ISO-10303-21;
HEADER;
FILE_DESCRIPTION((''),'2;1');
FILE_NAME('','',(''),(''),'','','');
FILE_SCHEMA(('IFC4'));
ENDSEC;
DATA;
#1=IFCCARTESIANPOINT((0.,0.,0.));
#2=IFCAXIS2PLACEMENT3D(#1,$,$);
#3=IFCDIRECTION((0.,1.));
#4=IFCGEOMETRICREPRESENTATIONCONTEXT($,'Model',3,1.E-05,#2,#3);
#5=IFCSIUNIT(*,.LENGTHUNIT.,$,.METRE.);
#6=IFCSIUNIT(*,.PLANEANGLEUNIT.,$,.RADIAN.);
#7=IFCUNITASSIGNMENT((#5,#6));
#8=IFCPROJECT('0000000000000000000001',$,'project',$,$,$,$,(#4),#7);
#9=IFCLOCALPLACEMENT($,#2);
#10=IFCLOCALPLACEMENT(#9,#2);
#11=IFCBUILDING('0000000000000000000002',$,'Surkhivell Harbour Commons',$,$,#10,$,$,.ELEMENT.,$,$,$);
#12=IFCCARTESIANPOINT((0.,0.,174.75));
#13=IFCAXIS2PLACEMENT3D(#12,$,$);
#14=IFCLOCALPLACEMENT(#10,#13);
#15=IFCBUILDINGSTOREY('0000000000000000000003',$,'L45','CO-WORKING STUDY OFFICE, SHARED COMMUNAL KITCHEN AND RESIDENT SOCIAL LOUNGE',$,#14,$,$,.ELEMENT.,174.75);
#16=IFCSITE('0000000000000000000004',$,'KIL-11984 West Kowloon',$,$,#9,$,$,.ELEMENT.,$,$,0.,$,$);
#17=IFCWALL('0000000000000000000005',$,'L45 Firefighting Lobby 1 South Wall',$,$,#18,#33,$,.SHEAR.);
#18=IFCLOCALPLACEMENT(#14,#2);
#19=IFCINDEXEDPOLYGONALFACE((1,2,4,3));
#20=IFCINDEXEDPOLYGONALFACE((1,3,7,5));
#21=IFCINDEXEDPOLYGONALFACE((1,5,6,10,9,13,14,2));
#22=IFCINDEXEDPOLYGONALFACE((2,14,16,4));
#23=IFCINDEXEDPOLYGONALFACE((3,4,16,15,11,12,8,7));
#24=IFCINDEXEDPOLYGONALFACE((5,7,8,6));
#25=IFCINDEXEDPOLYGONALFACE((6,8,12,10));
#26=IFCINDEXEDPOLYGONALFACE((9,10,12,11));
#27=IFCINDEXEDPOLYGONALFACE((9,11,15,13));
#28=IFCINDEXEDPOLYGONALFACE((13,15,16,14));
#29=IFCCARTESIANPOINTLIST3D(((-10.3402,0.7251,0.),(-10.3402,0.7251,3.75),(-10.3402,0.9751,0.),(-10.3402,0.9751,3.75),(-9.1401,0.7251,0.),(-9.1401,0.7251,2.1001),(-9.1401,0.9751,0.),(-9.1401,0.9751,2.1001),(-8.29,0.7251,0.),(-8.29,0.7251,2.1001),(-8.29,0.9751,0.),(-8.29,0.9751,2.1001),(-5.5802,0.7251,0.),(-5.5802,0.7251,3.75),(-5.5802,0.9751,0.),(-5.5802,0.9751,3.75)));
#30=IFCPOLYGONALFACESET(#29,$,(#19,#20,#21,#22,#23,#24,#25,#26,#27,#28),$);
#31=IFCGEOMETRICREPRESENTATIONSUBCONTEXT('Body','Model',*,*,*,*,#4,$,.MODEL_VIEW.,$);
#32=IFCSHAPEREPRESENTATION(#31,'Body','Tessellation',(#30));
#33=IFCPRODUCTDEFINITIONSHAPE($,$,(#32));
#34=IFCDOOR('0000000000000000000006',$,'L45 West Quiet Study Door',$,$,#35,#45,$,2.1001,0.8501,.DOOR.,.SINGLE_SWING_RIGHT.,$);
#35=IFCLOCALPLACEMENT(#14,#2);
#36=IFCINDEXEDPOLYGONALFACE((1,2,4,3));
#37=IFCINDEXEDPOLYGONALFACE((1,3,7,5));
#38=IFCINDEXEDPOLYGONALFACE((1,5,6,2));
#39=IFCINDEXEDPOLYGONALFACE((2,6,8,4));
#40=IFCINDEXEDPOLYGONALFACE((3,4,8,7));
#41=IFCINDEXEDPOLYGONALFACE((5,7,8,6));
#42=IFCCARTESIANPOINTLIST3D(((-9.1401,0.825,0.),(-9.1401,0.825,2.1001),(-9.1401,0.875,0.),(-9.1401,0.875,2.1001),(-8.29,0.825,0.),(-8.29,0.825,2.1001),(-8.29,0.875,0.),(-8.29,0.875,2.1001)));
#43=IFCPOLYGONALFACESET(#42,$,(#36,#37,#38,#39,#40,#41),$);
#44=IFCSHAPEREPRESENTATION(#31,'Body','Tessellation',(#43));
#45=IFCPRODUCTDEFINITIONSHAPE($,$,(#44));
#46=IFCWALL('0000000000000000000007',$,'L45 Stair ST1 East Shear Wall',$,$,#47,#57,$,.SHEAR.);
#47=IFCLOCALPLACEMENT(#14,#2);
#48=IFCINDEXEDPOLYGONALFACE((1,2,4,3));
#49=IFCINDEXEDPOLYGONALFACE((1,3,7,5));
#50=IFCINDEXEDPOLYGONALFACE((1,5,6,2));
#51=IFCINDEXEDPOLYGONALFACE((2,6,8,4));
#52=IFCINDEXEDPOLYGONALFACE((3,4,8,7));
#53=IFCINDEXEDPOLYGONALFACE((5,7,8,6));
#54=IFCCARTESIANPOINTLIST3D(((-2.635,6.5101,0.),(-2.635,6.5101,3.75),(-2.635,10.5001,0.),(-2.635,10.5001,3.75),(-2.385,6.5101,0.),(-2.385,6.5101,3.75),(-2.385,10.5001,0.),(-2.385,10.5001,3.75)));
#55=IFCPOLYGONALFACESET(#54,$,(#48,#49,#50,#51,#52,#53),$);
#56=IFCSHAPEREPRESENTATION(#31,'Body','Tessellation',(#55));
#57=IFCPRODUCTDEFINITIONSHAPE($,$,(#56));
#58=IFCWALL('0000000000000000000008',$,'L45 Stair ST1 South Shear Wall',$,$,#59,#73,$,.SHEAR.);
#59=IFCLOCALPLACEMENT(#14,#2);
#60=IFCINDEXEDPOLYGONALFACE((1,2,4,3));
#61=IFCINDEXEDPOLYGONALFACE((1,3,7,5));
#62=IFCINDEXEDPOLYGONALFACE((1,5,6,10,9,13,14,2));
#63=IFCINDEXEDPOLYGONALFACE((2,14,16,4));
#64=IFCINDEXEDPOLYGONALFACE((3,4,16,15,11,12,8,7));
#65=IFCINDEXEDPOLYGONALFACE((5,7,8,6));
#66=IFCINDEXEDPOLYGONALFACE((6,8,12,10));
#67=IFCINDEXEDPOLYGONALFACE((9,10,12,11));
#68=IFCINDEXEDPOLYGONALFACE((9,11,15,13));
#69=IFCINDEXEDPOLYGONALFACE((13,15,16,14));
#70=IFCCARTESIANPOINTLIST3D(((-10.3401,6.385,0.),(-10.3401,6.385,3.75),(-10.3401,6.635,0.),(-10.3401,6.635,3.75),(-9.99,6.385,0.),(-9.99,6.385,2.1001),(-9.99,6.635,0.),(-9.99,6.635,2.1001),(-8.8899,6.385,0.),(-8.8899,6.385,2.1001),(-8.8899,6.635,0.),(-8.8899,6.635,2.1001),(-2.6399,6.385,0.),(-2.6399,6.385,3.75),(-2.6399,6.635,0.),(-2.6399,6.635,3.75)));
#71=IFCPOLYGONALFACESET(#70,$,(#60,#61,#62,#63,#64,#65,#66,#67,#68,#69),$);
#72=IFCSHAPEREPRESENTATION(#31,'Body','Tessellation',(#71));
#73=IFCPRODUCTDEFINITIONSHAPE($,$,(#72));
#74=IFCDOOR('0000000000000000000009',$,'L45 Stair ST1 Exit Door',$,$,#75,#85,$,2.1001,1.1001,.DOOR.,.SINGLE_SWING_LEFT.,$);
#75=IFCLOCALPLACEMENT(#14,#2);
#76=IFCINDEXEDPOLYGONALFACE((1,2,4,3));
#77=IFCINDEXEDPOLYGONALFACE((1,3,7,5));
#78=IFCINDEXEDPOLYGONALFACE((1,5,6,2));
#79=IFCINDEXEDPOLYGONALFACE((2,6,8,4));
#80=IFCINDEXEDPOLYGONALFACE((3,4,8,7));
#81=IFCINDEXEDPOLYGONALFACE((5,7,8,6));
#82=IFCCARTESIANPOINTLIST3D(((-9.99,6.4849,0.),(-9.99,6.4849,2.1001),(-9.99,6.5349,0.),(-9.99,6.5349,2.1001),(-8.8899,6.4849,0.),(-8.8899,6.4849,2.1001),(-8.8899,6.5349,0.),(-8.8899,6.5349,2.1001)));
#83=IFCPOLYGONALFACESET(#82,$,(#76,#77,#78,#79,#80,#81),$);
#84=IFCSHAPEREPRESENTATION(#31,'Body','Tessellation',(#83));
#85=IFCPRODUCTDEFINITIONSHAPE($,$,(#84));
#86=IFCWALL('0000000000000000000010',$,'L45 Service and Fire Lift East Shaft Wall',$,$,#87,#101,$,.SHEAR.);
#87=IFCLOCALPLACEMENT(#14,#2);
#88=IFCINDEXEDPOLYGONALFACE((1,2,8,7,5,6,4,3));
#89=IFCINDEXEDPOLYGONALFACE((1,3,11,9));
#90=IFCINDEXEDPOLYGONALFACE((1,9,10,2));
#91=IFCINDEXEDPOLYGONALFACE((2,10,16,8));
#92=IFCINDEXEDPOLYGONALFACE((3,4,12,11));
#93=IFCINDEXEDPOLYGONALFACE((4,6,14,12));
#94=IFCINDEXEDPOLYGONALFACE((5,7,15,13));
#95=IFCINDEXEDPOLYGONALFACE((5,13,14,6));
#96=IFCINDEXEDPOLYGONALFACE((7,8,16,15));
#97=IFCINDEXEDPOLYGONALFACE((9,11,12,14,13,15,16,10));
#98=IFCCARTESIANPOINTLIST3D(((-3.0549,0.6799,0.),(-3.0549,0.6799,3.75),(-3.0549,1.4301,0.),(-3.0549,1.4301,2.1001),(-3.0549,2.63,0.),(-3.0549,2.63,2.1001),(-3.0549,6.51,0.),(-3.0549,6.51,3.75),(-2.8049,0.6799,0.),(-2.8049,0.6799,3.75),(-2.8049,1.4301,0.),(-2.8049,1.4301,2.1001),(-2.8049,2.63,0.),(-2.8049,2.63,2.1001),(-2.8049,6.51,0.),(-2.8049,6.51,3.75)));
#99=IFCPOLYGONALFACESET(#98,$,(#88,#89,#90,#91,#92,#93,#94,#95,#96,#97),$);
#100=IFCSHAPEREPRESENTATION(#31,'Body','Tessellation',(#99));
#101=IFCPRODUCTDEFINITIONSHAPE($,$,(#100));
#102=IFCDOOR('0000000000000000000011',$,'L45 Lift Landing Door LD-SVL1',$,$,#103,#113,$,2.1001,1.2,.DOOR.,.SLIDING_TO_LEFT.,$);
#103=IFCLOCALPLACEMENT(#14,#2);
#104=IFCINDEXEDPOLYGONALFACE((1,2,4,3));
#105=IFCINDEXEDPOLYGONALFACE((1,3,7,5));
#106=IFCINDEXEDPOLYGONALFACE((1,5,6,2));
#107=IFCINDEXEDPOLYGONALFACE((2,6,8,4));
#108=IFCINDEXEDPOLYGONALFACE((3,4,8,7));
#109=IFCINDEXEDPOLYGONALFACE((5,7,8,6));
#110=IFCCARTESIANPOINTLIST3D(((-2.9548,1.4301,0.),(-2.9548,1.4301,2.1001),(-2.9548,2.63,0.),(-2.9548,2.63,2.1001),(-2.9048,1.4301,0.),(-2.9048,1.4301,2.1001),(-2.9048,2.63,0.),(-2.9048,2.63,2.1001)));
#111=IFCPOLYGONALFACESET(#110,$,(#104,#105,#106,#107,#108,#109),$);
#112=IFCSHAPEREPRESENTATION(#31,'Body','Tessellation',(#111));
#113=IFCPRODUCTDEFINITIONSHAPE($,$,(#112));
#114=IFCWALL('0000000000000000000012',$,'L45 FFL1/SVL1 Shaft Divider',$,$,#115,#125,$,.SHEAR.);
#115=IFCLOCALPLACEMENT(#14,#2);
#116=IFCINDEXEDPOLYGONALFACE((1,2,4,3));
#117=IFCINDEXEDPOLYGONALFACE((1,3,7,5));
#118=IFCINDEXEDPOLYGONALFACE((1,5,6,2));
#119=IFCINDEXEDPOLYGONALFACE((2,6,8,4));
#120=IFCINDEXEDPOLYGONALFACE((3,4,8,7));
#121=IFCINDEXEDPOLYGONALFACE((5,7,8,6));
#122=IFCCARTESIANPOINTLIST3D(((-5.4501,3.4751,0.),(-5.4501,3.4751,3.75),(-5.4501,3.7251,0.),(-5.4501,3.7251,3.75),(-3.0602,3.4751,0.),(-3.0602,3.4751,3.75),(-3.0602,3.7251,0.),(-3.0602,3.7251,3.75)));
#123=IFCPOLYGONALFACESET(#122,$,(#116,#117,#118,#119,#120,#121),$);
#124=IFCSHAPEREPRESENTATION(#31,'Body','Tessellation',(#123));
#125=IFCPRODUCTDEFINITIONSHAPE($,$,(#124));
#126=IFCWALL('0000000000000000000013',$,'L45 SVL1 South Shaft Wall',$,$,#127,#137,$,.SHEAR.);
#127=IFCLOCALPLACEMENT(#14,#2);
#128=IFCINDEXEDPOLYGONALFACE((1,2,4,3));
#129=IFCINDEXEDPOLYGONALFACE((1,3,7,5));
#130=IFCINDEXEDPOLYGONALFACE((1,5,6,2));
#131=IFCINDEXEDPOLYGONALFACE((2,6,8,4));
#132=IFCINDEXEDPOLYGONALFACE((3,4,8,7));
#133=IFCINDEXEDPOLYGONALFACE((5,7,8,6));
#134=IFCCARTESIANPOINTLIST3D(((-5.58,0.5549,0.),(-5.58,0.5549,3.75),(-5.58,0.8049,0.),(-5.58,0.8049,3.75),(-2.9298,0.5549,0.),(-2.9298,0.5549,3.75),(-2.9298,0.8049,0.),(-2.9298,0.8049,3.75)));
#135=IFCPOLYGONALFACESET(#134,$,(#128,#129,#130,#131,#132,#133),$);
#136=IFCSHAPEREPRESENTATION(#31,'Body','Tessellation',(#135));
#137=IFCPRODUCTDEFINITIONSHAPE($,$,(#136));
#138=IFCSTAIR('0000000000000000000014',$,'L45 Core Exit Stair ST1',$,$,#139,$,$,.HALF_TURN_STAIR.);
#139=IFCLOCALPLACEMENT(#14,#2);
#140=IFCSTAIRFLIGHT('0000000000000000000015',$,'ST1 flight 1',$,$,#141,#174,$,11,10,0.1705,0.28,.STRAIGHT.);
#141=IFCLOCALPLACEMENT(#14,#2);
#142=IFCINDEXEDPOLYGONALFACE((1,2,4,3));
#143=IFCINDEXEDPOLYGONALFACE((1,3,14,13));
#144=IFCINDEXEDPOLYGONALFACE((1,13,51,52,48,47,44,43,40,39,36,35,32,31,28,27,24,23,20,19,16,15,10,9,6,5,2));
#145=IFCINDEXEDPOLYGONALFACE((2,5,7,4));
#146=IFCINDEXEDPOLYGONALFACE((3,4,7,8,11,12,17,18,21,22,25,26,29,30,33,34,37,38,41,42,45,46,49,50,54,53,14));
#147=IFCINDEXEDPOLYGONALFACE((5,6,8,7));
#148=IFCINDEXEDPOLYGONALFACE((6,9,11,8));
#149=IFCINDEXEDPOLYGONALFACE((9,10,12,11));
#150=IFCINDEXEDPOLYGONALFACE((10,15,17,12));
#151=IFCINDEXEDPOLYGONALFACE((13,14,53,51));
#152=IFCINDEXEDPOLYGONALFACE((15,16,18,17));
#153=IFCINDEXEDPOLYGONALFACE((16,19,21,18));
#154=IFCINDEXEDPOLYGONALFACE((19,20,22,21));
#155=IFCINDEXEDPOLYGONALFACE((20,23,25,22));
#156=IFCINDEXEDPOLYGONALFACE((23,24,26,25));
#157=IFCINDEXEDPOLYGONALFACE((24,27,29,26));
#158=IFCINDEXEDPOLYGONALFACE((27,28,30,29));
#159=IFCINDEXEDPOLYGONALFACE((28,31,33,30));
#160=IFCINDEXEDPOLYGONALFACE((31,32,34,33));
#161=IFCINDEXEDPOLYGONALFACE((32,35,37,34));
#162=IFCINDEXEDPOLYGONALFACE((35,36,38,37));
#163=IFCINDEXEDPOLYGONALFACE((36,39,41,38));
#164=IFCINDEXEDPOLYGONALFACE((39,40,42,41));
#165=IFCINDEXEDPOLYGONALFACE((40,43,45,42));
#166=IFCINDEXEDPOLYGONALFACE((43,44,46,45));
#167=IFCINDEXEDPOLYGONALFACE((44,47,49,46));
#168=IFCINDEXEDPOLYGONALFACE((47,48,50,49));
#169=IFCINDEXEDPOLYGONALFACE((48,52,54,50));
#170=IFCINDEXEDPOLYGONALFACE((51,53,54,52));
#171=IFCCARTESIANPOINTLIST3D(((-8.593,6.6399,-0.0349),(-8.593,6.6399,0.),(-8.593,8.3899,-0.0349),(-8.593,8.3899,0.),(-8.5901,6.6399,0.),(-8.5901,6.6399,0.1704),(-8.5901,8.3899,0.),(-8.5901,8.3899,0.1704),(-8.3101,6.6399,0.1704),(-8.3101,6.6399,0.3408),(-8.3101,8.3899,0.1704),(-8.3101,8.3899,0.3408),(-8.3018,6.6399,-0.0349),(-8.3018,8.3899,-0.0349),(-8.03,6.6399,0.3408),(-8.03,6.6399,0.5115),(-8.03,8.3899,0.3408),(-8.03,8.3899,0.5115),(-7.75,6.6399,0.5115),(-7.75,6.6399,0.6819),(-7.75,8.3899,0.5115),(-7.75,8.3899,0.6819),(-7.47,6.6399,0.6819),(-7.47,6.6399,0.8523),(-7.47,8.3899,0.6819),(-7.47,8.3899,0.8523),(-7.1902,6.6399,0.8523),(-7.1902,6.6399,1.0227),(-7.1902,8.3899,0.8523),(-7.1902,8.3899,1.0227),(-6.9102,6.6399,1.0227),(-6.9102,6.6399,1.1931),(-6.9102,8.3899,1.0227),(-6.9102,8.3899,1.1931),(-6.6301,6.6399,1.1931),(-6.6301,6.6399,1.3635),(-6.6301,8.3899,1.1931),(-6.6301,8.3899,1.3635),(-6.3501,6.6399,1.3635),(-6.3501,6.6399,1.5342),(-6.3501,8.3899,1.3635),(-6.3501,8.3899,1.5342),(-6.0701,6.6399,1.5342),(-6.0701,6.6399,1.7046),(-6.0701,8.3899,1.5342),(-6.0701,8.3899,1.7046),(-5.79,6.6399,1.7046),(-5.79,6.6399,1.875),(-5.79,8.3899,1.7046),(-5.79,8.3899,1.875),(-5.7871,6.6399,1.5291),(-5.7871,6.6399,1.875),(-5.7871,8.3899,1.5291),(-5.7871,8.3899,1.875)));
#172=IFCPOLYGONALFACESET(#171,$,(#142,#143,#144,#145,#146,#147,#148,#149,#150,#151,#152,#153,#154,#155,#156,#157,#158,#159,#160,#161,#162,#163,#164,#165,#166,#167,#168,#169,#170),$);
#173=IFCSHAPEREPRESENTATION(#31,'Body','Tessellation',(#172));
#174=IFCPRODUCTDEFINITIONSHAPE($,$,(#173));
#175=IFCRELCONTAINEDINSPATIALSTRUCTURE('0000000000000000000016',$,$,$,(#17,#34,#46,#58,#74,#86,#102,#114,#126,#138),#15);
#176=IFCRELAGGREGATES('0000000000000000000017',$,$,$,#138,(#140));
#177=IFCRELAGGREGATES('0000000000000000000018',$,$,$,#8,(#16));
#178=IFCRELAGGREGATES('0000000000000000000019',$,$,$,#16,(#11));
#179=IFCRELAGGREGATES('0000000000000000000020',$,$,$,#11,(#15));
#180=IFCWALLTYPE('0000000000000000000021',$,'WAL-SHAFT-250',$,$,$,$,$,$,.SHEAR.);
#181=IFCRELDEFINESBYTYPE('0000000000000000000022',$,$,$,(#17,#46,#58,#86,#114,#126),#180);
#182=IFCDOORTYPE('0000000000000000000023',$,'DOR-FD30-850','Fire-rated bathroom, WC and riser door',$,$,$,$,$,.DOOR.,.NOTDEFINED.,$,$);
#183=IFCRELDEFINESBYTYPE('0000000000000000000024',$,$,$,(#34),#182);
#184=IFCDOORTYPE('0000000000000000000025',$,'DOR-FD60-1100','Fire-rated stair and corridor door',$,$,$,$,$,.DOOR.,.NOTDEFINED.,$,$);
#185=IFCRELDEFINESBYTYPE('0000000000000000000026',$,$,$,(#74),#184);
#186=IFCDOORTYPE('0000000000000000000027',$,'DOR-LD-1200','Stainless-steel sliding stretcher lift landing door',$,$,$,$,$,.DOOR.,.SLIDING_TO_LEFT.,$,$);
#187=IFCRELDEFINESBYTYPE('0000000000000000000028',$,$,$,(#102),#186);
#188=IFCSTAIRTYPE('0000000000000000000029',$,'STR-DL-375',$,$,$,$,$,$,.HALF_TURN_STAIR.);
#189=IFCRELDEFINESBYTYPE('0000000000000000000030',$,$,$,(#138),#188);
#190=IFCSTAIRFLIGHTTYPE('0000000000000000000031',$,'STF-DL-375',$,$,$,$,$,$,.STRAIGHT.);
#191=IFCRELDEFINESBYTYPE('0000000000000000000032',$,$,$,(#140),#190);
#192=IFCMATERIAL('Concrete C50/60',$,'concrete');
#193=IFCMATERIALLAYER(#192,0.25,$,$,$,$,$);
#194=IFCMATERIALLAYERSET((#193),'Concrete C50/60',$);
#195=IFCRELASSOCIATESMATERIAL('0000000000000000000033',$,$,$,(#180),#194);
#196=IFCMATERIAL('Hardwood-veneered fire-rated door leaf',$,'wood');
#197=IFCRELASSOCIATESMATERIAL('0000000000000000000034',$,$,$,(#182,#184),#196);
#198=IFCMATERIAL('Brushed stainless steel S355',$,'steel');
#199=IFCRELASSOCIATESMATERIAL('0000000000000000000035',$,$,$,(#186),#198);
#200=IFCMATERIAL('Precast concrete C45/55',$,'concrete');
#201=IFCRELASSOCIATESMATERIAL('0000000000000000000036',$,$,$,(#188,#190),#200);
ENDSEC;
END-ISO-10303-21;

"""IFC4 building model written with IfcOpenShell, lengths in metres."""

from ifc_helpers import new_model, si_unit, direction, frame, frame_2d, origin, place, context, subcontext, project, spatial, polyline, rectangle, outline, extrude, material, layer, layer_set, type_object, element, fill, aggregate, save


model = new_model("IFC4")

# Units and contexts
model_context = context("Model", 3, precision=1e-05, world=origin(), true_north=direction((0.0, 1.0)))
body_context = subcontext(model_context, "Body", "Model", "MODEL_VIEW")
ifc_project = project(units=[si_unit("LENGTHUNIT", "METRE"), si_unit("PLANEANGLEUNIT", "RADIAN")], contexts=[model_context])

# Site, building, storey
site_placement = place(None, origin())
site = spatial("IfcSite", under=ifc_project, at=site_placement, Name="KIL-11984 West Kowloon", CompositionType="ELEMENT", RefElevation=0.0)
building_placement = place(site_placement, origin())
building = spatial("IfcBuilding", under=site, at=building_placement, Name="Surkhivell Harbour Commons", CompositionType="ELEMENT")
storey_placement = place(building_placement, frame((0.0, 0.0, 174.75)))
storey = spatial("IfcBuildingStorey", under=building, at=storey_placement, Name="L45", Description="CO-WORKING STUDY OFFICE, SHARED COMMUNAL KITCHEN AND RESIDENT SOCIAL LOUNGE", CompositionType="ELEMENT", Elevation=174.75)

# Shared definitions
ifc_material_1 = material(Name="Hardwood-veneered fire-rated door leaf", Category="wood")

# Wall, opening, door
ifc_material_2 = material(Name="Concrete C50/60", Category="concrete")
ifc_layer_1 = layer(ifc_material_2, 0.25)
ifc_layer_set_1 = layer_set([ifc_layer_1], Name="Concrete C50/60")
wall_type_1 = type_object("IfcWallType", Name="WAL-SHAFT-250", PredefinedType="SHEAR", material=ifc_layer_set_1)
ifc_material_3 = material(Name="Brushed stainless steel S355", Category="steel")
wall_1_placement = place(storey_placement, frame((-10.3401, 0.8501, 0.0), z_axis=(0.0, 0.0, 1.0), x_axis=(1.0, 0.0, 0.0)))
wall_1 = element("IfcWall", 1, at=wall_1_placement, inside=storey, type_object=wall_type_1, Name="L45 Firefighting Lobby 1 South Wall", PredefinedType="SHEAR", context=body_context, shape_type="SweptSolid", body=[
    extrude(rectangle(XDim=4.76, YDim=0.25, at=frame_2d((2.3799, 0.0))), origin(), (0.0, 0.0, 1.0), 3.75),
])
opening_1_placement = place(wall_1_placement, frame((1.2, 0.0, 0.0)))
opening_1 = element("IfcOpeningElement", 2, at=opening_1_placement, cuts=wall_1, PredefinedType="OPENING", context=body_context, shape_type="SweptSolid", body=[
    extrude(rectangle(XDim=0.8501, YDim=2.1001, at=frame_2d((0.425, 1.05))), frame((0.0, 0.135, 0.0), z_axis=(0.0, -1.0, 0.0), x_axis=(1.0, 0.0, 0.0)), (0.0, 0.0, 1.0), 0.27),
])
door_type_1 = type_object("IfcDoorType", Name="DOR-FD30-850", Description="Fire-rated bathroom, WC and riser door", OperationType="NOTDEFINED", PredefinedType="DOOR", material=ifc_material_1)
door_1_placement = place(opening_1_placement, origin())
door_1 = element("IfcDoor", 3, at=door_1_placement, inside=storey, type_object=door_type_1, Name="L45 West Quiet Study Door", OperationType="SINGLE_SWING_RIGHT", OverallHeight=2.1001, OverallWidth=0.8501, PredefinedType="DOOR", context=body_context, shape_type="SweptSolid", body=[
    extrude(rectangle(XDim=0.8501, YDim=2.1001, at=frame_2d((0.425, 1.05))), frame((0.0, 0.0249, 0.0), z_axis=(0.0, -1.0, 0.0), x_axis=(1.0, 0.0, 0.0)), (0.0, 0.0, 1.0), 0.05),
])
fill(opening_1, door_1)

# Wall
wall_2_placement = place(storey_placement, frame((-2.51, 6.51, 0.0), z_axis=(0.0, 0.0, 1.0), x_axis=(0.0, 1.0, 0.0)))
element("IfcWall", 4, at=wall_2_placement, inside=storey, type_object=wall_type_1, Name="L45 Stair ST1 East Shear Wall", PredefinedType="SHEAR", context=body_context, shape_type="SweptSolid", body=[
    extrude(rectangle(XDim=3.99, YDim=0.25, at=frame_2d((1.9951, 0.0))), origin(), (0.0, 0.0, 1.0), 3.75),
])

# Walls, openings, doors
wall_3_placement = place(storey_placement, frame((-10.3401, 6.51, 0.0), z_axis=(0.0, 0.0, 1.0), x_axis=(1.0, 0.0, 0.0)))
wall_3 = element("IfcWall", 5, at=wall_3_placement, inside=storey, type_object=wall_type_1, Name="L45 Stair ST1 South Shear Wall", PredefinedType="SHEAR", context=body_context, shape_type="SweptSolid", body=[
    extrude(rectangle(XDim=7.7002, YDim=0.25, at=frame_2d((3.8501, 0.0))), origin(), (0.0, 0.0, 1.0), 3.75),
])
opening_2_placement = place(wall_3_placement, frame((0.3501, 0.0, 0.0)))
opening_2 = element("IfcOpeningElement", 6, at=opening_2_placement, cuts=wall_3, PredefinedType="OPENING", context=body_context, shape_type="SweptSolid", body=[
    extrude(rectangle(XDim=1.1001, YDim=2.1001, at=frame_2d((0.55, 1.05))), frame((0.0, 0.135, 0.0), z_axis=(0.0, -1.0, 0.0), x_axis=(1.0, 0.0, 0.0)), (0.0, 0.0, 1.0), 0.27),
])
door_type_2 = type_object("IfcDoorType", Name="DOR-FD60-1100", Description="Fire-rated stair and corridor door", OperationType="NOTDEFINED", PredefinedType="DOOR", material=ifc_material_1)
door_2_placement = place(opening_2_placement, origin())
door_2 = element("IfcDoor", 7, at=door_2_placement, inside=storey, type_object=door_type_2, Name="L45 Stair ST1 Exit Door", OperationType="SINGLE_SWING_LEFT", OverallHeight=2.1001, OverallWidth=1.1001, PredefinedType="DOOR", context=body_context, shape_type="SweptSolid", body=[
    extrude(rectangle(XDim=1.1001, YDim=2.1001, at=frame_2d((0.55, 1.05))), frame((0.0, 0.0249, 0.0), z_axis=(0.0, -1.0, 0.0), x_axis=(1.0, 0.0, 0.0)), (0.0, 0.0, 1.0), 0.05),
])
fill(opening_2, door_2)
wall_4_placement = place(storey_placement, frame((-2.9299, 0.6799, 0.0), z_axis=(0.0, 0.0, 1.0), x_axis=(0.0, 1.0, 0.0)))
wall_4 = element("IfcWall", 8, at=wall_4_placement, inside=storey, type_object=wall_type_1, Name="L45 Service and Fire Lift East Shaft Wall", PredefinedType="SHEAR", context=body_context, shape_type="SweptSolid", body=[
    extrude(rectangle(XDim=5.8301, YDim=0.25, at=frame_2d((2.915, 0.0))), origin(), (0.0, 0.0, 1.0), 3.75),
])
opening_3_placement = place(wall_4_placement, frame((0.75, 0.0, 0.0)))
opening_3 = element("IfcOpeningElement", 9, at=opening_3_placement, cuts=wall_4, PredefinedType="OPENING", context=body_context, shape_type="SweptSolid", body=[
    extrude(rectangle(XDim=1.2, YDim=2.1001, at=frame_2d((0.6001, 1.05))), frame((0.0, 0.135, 0.0), z_axis=(0.0, -1.0, 0.0), x_axis=(1.0, 0.0, 0.0)), (0.0, 0.0, 1.0), 0.27),
])
door_type_3 = type_object("IfcDoorType", Name="DOR-LD-1200", Description="Stainless-steel sliding stretcher lift landing door", OperationType="SLIDING_TO_LEFT", PredefinedType="DOOR", material=ifc_material_3)
door_3_placement = place(opening_3_placement, origin())
door_3 = element("IfcDoor", 10, at=door_3_placement, inside=storey, type_object=door_type_3, Name="L45 Lift Landing Door LD-SVL1", OperationType="SLIDING_TO_LEFT", OverallHeight=2.1001, OverallWidth=1.2, PredefinedType="DOOR", context=body_context, shape_type="SweptSolid", body=[
    extrude(rectangle(XDim=1.2, YDim=2.1001, at=frame_2d((0.6001, 1.05))), frame((0.0, 0.0249, 0.0), z_axis=(0.0, -1.0, 0.0), x_axis=(1.0, 0.0, 0.0)), (0.0, 0.0, 1.0), 0.05),
])
fill(opening_3, door_3)

# Walls
wall_5_placement = place(storey_placement, frame((-5.45, 3.6001, 0.0), z_axis=(0.0, 0.0, 1.0), x_axis=(1.0, 0.0, 0.0)))
element("IfcWall", 11, at=wall_5_placement, inside=storey, type_object=wall_type_1, Name="L45 FFL1/SVL1 Shaft Divider", PredefinedType="SHEAR", context=body_context, shape_type="SweptSolid", body=[
    extrude(rectangle(XDim=2.3899, YDim=0.25, at=frame_2d((1.1948, 0.0))), origin(), (0.0, 0.0, 1.0), 3.75),
])
wall_6_placement = place(storey_placement, frame((-5.5801, 0.6799, 0.0), z_axis=(0.0, 0.0, 1.0), x_axis=(1.0, 0.0, 0.0)))
element("IfcWall", 12, at=wall_6_placement, inside=storey, type_object=wall_type_1, Name="L45 SVL1 South Shaft Wall", PredefinedType="SHEAR", context=body_context, shape_type="SweptSolid", body=[
    extrude(rectangle(XDim=2.6501, YDim=0.25, at=frame_2d((1.3252, 0.0))), origin(), (0.0, 0.0, 1.0), 3.75),
])

# Stair, stair flight
ifc_material_4 = material(Name="Precast concrete C45/55", Category="concrete")
stair_type = type_object("IfcStairType", Name="STR-DL-375", PredefinedType="HALF_TURN_STAIR", material=ifc_material_4)
stair_placement = place(storey_placement, origin())
stair = element("IfcStair", 13, at=stair_placement, inside=storey, type_object=stair_type, Name="L45 Core Exit Stair ST1", PredefinedType="HALF_TURN_STAIR")
stair_flight_type = type_object("IfcStairFlightType", Name="STF-DL-375", PredefinedType="STRAIGHT", material=ifc_material_4)
stair_flight_1_placement = place(storey_placement, frame((-8.5901, 7.5149, 0.0), z_axis=(0.0, 0.0, 1.0), x_axis=(1.0, 0.0, 0.0)))
stair_flight_1 = element("IfcStairFlight", 14, at=stair_flight_1_placement, type_object=stair_flight_type, Name="ST1 flight 1", NumberOfRisers=11, NumberOfTreads=10, PredefinedType="STRAIGHT", RiserHeight=0.1705, TreadLength=0.28, context=body_context, shape_type="SweptSolid", body=[
    extrude(outline(polyline([(-0.0029, -0.0349), (-0.0029, 0.0), (0.0, 0.0), (0.0, 0.1704), (0.28, 0.1704), (0.28, 0.3408), (0.5601, 0.3408), (0.5601, 0.5115), (0.8401, 0.5115), (0.8401, 0.6819), (1.1201, 0.6819), (1.1201, 0.8523), (1.3999, 0.8523), (1.3999, 1.0227), (1.6799, 1.0227), (1.6799, 1.1931), (1.96, 1.1931), (1.96, 1.3635), (2.24, 1.3635), (2.24, 1.5342), (2.52, 1.5342), (2.52, 1.7046), (2.8, 1.7046), (2.8, 1.875), (2.803, 1.875), (2.803, 1.5291), (0.2883, -0.0349), (-0.0029, -0.0349)])), frame((0.0, 0.875, 0.0), z_axis=(0.0, -1.0, 0.0), x_axis=(1.0, 0.0, 0.0)), (0.0, 0.0, 1.0), 1.75),
])
aggregate(stair, [stair_flight_1])

save(model, "model.ifc")
